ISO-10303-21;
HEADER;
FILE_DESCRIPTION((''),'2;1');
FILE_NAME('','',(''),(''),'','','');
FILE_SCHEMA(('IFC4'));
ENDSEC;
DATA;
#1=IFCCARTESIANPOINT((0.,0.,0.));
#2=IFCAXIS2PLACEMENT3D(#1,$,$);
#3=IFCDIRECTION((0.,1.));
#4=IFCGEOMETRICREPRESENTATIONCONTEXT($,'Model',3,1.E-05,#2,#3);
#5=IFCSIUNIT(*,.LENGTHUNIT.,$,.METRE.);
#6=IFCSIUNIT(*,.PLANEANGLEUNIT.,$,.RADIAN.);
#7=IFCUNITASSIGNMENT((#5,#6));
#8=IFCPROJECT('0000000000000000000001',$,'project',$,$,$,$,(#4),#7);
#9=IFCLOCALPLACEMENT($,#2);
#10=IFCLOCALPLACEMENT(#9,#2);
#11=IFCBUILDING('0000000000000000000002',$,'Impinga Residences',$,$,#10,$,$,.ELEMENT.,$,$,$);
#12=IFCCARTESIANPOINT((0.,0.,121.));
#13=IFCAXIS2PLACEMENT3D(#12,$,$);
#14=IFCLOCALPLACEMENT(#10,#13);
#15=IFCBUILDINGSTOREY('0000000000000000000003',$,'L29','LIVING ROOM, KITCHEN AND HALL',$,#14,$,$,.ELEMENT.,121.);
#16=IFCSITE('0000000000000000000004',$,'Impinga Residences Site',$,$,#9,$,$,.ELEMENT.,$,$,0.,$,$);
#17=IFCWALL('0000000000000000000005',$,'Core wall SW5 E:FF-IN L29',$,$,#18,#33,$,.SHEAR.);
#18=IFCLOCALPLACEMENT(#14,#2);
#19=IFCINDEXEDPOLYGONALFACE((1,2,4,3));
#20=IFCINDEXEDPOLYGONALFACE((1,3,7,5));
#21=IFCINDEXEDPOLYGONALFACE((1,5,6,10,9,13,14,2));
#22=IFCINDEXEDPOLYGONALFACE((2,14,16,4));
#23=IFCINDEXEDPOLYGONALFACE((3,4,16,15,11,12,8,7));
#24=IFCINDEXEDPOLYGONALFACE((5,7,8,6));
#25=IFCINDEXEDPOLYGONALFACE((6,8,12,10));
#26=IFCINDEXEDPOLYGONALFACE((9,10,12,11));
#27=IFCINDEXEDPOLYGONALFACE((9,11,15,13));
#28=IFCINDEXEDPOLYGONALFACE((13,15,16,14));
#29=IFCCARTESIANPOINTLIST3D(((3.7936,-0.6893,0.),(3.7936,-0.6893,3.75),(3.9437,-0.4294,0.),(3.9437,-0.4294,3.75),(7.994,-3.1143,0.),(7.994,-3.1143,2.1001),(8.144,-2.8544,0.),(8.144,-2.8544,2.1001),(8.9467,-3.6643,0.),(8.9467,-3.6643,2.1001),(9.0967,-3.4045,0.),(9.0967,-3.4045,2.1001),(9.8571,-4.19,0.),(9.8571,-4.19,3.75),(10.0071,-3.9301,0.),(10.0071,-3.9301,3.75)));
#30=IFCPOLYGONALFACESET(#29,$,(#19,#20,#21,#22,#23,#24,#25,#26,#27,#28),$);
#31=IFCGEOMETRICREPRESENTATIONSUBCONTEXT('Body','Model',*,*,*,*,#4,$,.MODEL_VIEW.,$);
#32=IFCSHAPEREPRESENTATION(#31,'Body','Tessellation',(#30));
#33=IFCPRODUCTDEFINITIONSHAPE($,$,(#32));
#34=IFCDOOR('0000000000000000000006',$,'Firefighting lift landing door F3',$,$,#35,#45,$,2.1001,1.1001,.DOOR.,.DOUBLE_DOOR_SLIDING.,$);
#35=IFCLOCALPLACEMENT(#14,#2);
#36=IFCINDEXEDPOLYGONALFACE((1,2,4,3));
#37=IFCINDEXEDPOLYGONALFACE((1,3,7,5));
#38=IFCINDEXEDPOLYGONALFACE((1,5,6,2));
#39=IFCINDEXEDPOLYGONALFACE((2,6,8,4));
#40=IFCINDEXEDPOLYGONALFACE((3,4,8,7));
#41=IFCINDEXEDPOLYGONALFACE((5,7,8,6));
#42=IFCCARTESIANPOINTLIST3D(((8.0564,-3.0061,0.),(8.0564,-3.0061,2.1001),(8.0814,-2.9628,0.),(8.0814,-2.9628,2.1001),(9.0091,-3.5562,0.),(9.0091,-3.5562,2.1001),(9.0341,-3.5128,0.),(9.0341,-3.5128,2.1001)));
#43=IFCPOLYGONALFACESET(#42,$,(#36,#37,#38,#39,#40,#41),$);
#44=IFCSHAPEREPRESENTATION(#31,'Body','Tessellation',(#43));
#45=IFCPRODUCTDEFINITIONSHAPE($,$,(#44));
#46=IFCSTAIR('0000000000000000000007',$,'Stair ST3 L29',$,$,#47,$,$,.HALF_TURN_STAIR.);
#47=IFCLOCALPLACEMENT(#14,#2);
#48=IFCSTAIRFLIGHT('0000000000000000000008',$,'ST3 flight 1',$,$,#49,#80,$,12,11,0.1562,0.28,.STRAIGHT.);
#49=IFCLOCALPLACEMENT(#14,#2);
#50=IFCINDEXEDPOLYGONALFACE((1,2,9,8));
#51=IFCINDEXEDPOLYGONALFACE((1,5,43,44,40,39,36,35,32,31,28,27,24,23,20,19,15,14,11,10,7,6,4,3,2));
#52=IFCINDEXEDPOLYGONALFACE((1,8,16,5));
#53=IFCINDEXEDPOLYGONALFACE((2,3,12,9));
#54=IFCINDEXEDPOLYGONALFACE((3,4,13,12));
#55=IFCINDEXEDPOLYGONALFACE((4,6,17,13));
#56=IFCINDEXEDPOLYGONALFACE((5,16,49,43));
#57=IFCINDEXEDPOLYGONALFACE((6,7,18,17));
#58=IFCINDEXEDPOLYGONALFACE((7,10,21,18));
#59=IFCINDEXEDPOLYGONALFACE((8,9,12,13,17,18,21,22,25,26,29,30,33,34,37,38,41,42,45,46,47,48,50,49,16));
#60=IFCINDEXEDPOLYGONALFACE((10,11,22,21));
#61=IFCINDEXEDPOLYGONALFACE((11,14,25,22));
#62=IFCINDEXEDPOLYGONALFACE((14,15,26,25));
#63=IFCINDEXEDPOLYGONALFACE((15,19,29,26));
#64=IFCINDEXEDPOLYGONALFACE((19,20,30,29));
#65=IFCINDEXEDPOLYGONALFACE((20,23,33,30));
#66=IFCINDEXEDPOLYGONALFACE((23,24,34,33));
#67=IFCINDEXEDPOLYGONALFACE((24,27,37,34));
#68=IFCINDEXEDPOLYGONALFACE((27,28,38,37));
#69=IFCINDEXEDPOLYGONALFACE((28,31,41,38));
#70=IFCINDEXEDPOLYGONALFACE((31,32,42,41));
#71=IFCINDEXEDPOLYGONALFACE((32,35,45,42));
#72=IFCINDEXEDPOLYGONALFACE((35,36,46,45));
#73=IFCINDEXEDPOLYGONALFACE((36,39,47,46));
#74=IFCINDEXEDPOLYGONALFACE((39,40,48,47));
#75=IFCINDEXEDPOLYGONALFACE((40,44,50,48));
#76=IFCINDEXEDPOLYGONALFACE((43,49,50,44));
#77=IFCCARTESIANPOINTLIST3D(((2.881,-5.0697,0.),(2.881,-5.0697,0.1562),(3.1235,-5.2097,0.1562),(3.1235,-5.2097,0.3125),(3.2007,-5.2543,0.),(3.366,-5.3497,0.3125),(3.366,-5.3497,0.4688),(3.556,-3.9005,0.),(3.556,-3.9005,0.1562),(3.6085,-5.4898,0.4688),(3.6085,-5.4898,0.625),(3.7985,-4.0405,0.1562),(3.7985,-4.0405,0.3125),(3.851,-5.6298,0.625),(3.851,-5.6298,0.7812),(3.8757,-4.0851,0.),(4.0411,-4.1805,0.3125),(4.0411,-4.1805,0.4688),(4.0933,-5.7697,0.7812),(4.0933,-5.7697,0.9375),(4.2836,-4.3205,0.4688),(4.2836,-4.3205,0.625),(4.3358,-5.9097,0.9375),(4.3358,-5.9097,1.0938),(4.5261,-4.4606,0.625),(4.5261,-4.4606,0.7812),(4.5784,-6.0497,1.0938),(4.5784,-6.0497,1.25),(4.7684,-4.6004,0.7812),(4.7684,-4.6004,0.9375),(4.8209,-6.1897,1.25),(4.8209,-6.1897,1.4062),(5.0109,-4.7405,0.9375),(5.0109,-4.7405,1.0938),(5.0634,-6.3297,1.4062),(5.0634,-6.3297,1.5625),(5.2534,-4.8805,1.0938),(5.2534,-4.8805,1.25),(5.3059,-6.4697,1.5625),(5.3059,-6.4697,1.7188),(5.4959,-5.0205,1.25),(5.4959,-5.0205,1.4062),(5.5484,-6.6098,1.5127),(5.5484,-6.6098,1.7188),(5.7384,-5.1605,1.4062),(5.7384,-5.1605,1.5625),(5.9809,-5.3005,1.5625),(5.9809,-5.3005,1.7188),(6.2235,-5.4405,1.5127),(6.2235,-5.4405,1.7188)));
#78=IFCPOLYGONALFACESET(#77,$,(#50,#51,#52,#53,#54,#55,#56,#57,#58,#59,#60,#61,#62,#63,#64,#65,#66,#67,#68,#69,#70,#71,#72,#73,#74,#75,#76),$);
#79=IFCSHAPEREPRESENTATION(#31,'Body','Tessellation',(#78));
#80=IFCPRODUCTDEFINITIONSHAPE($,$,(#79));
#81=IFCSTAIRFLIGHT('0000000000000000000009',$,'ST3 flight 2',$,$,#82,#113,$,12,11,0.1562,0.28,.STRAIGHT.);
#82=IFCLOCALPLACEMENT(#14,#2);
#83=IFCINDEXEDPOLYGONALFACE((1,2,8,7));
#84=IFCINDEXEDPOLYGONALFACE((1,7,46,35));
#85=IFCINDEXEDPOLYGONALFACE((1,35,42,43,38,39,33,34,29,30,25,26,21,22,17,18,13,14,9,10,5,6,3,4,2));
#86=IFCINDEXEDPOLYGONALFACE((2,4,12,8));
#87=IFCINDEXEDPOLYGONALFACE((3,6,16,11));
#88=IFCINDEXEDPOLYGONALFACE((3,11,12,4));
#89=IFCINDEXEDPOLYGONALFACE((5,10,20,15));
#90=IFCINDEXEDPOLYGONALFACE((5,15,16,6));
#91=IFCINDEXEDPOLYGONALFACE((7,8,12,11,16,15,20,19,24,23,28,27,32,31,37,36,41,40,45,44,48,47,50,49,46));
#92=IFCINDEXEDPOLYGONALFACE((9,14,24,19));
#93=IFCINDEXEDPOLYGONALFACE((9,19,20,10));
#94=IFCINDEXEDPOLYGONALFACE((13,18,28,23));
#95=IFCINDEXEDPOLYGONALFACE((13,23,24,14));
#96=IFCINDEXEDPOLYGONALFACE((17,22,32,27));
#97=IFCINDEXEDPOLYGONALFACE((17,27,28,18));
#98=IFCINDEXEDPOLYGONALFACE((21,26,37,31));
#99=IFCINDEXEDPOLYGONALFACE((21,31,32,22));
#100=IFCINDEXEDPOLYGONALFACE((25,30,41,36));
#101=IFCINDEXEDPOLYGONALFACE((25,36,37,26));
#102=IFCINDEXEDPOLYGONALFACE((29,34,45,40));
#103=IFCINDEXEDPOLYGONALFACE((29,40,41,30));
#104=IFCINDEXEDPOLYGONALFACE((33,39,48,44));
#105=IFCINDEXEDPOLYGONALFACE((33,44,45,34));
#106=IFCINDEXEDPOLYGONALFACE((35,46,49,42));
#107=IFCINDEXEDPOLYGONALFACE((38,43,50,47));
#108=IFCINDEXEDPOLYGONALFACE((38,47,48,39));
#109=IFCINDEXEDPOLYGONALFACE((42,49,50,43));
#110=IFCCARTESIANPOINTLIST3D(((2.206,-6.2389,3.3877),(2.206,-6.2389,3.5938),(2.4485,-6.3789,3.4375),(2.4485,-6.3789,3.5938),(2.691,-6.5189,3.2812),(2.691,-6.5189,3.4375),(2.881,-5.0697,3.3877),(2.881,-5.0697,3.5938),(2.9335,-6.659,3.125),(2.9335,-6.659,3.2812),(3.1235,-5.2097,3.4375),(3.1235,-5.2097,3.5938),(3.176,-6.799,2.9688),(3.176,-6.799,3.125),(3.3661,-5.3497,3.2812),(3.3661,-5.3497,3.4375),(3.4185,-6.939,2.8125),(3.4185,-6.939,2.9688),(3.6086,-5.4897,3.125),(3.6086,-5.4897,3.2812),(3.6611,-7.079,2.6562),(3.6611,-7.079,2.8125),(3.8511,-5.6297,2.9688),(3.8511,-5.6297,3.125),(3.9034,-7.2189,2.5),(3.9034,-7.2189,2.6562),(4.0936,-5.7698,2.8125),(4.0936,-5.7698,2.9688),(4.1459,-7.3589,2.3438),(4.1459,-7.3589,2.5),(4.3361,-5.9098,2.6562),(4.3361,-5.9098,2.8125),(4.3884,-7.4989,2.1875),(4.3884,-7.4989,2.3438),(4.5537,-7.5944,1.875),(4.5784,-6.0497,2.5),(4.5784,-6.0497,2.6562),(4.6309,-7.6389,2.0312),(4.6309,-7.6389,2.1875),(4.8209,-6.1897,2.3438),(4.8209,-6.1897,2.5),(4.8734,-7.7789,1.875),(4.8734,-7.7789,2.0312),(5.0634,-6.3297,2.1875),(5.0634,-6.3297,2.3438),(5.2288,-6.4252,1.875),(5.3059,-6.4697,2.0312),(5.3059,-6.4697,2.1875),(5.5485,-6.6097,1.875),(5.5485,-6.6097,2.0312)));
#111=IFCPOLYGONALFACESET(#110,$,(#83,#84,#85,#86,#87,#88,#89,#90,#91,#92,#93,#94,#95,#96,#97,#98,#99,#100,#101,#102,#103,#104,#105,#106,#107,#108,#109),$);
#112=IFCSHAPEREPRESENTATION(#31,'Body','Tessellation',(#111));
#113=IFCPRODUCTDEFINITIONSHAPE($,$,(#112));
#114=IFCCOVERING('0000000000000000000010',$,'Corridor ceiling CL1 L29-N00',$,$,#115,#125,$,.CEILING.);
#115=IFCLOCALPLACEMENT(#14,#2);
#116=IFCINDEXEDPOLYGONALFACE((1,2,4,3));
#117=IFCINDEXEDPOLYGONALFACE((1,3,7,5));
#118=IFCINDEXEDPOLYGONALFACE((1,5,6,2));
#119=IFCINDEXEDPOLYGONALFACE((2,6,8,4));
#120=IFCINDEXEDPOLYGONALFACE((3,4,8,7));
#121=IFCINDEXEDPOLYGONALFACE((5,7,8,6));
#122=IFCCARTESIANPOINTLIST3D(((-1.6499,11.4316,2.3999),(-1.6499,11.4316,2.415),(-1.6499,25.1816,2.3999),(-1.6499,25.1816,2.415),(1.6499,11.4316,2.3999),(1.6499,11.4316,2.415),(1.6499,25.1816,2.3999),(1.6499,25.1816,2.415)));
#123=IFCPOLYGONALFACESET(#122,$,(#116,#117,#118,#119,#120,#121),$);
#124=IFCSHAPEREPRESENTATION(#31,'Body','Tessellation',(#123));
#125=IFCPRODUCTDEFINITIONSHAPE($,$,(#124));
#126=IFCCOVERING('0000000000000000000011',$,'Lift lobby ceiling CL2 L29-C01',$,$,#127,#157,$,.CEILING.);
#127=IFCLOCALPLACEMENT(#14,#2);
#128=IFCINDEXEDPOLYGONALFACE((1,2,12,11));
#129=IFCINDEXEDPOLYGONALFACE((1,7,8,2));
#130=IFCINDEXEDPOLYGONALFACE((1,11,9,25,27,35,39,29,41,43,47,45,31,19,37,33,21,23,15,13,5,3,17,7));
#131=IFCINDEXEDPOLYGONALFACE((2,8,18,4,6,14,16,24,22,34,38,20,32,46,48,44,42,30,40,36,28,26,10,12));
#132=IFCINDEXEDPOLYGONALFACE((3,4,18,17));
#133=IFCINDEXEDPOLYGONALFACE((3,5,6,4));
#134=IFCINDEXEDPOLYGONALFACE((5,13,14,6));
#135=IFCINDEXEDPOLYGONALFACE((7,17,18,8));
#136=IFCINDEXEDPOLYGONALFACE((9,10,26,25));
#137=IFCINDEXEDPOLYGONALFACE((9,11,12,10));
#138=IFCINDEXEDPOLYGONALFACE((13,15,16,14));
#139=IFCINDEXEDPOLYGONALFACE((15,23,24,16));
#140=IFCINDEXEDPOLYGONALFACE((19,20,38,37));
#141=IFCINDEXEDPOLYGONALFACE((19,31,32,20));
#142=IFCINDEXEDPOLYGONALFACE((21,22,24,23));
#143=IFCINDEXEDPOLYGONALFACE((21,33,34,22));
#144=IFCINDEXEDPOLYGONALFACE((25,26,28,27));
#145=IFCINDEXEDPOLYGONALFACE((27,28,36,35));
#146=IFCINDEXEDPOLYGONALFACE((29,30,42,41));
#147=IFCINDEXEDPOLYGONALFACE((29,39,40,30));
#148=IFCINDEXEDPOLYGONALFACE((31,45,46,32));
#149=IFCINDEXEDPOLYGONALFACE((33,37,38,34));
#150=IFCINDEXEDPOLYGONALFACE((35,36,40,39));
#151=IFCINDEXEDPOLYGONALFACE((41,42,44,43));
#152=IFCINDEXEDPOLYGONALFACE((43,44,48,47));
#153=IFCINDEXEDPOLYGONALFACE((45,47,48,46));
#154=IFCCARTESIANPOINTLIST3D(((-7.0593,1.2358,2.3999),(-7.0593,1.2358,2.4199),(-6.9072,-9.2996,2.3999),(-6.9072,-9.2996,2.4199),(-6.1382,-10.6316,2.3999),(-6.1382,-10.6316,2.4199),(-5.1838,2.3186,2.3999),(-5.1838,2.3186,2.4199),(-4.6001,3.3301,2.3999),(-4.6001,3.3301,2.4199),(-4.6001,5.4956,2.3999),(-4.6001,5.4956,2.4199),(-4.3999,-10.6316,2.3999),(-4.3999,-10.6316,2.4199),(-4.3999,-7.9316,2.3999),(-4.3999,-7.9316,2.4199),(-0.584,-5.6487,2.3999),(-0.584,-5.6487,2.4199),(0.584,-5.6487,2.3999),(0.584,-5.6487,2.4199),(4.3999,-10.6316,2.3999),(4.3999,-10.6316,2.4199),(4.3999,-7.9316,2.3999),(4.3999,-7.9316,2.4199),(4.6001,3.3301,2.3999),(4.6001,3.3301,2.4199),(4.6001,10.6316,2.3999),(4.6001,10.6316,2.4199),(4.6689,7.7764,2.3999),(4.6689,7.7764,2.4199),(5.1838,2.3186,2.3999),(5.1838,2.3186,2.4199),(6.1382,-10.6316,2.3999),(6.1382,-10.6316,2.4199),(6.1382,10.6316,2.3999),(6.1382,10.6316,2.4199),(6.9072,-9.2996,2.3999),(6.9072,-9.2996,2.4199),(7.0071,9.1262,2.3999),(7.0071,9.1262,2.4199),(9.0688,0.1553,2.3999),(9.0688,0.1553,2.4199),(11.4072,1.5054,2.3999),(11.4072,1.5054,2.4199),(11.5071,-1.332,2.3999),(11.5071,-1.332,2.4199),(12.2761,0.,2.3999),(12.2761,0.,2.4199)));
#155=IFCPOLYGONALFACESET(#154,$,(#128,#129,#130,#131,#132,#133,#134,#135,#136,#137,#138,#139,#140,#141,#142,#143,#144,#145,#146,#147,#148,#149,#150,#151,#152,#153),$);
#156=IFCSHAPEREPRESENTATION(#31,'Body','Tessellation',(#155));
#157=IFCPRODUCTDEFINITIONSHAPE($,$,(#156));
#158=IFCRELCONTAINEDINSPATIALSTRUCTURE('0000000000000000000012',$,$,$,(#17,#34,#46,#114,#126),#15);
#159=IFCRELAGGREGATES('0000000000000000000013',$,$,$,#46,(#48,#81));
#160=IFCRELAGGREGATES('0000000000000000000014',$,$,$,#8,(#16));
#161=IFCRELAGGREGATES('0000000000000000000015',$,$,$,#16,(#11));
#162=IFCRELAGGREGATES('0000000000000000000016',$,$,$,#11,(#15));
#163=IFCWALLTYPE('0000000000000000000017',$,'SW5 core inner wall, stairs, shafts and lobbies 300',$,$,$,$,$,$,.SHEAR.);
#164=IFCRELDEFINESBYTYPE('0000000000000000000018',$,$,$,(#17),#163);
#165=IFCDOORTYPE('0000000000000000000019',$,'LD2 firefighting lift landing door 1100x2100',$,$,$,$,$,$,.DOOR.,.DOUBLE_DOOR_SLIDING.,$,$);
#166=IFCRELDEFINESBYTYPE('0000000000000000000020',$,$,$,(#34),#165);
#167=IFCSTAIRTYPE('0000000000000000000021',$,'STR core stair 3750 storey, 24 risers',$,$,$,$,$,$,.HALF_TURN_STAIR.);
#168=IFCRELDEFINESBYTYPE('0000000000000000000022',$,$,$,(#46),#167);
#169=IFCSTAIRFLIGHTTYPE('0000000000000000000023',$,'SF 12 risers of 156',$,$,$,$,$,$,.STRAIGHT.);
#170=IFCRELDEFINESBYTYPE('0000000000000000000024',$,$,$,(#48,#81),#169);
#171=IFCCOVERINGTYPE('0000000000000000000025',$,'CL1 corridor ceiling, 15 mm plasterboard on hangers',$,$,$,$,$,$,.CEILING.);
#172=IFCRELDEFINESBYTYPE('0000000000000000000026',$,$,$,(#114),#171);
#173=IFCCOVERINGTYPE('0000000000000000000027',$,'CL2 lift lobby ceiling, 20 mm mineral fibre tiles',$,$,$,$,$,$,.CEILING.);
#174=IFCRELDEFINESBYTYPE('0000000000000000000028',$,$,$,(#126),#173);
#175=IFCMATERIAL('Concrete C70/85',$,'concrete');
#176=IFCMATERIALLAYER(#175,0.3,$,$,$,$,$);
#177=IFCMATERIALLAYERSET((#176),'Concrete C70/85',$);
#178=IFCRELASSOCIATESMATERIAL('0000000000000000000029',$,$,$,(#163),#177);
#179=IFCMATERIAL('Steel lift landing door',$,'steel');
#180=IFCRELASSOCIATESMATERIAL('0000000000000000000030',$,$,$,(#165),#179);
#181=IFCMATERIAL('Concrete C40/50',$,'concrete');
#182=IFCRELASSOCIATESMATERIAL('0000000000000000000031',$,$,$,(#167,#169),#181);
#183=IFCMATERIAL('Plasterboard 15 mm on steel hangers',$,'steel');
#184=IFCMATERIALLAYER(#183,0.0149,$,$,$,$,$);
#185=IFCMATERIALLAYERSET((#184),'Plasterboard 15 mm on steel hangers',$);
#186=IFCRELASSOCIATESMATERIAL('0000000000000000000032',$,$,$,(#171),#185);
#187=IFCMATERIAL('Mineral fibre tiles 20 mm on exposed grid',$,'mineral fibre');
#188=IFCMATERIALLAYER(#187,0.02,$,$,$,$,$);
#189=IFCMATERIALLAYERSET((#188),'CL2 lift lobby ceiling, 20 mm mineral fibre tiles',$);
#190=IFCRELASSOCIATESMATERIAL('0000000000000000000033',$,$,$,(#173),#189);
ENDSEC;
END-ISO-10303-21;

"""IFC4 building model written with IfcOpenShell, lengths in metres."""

from ifc_helpers import new_model, si_unit, direction, frame, frame_2d, origin, place, context, subcontext, project, spatial, polyline, rectangle, outline, extrude, material, layer, layer_set, type_object, element, fill, aggregate, save


model = new_model("IFC4")

# Units and contexts
model_context = context("Model", 3, precision=1e-05, world=origin(), true_north=direction((0.0, 1.0)))
body_context = subcontext(model_context, "Body", "Model", "MODEL_VIEW")
ifc_project = project(units=[si_unit("LENGTHUNIT", "METRE"), si_unit("PLANEANGLEUNIT", "RADIAN")], contexts=[model_context])

# Site, building, storey
site_placement = place(None, origin())
site = spatial("IfcSite", under=ifc_project, at=site_placement, Name="Impinga Residences Site", CompositionType="ELEMENT", RefElevation=0.0)
building_placement = place(site_placement, origin())
building = spatial("IfcBuilding", under=site, at=building_placement, Name="Impinga Residences", CompositionType="ELEMENT")
storey_placement = place(building_placement, frame((0.0, 0.0, 121.0)))
storey = spatial("IfcBuildingStorey", under=building, at=storey_placement, Name="L29", Description="LIVING ROOM, KITCHEN AND HALL", CompositionType="ELEMENT", Elevation=121.0)

# Shared definitions
ifc_material_1 = material(Name="Concrete C40/50", Category="concrete")

# Shared definitions
ifc_material_2 = material(Name="Concrete C70/85", Category="concrete")
ifc_layer_1 = layer(ifc_material_2, 0.3)
ifc_layer_set_1 = layer_set([ifc_layer_1], Name="Concrete C70/85")
wall_type_1 = type_object("IfcWallType", Name="SW5 core inner wall, stairs, shafts and lobbies 300", PredefinedType="SHEAR", material=ifc_layer_set_1)

# Wall, opening, door
wall_1_placement = place(storey_placement, frame((3.8687, -0.5593, 0.0), z_axis=(0.0, 0.0, 1.0), x_axis=(0.866026, -0.499998, 0.0)))
wall_1 = element("IfcWall", 1, at=wall_1_placement, inside=storey, type_object=wall_type_1, Name="Core wall SW5 E:FF-IN L29", PredefinedType="SHEAR", context=body_context, shape_type="SweptSolid", body=[
    extrude(rectangle(XDim=7.0015, YDim=0.3, at=frame_2d((3.5007, 0.0))), origin(), (0.0, 0.0, 1.0), 3.75),
])
opening_1_placement = place(wall_1_placement, frame((4.8501, 0.0, 0.0)))
opening_1 = element("IfcOpeningElement", 2, at=opening_1_placement, cuts=wall_1, PredefinedType="OPENING", context=body_context, shape_type="SweptSolid", body=[
    extrude(rectangle(XDim=1.1001, YDim=2.1001, at=frame_2d((0.55, 1.05))), frame((0.0, 0.1599, 0.0), z_axis=(0.0, -1.0, 0.0), x_axis=(1.0, 0.0, 0.0)), (0.0, 0.0, 1.0), 0.3201),
])
ifc_material_3 = material(Name="Steel lift landing door", Category="steel")
door_type_1 = type_object("IfcDoorType", Name="LD2 firefighting lift landing door 1100x2100", OperationType="DOUBLE_DOOR_SLIDING", PredefinedType="DOOR", material=ifc_material_3)
door_1_placement = place(opening_1_placement, origin())
door_1 = element("IfcDoor", 3, at=door_1_placement, inside=storey, type_object=door_type_1, Name="Firefighting lift landing door F3", OperationType="DOUBLE_DOOR_SLIDING", OverallHeight=2.1001, OverallWidth=1.1001, PredefinedType="DOOR", context=body_context, shape_type="SweptSolid", body=[
    extrude(rectangle(XDim=1.1001, YDim=2.1001, at=frame_2d((0.55, 1.05))), frame((0.0, 0.0249, 0.0), z_axis=(0.0, -1.0, 0.0), x_axis=(1.0, 0.0, 0.0)), (0.0, 0.0, 1.0), 0.05),
])
fill(opening_1, door_1)

# Stair, stair flights
stair_type_1 = type_object("IfcStairType", Name="STR core stair 3750 storey, 24 risers", PredefinedType="HALF_TURN_STAIR", material=ifc_material_1)
stair_1_placement = place(storey_placement, origin())
stair_1 = element("IfcStair", 4, at=stair_1_placement, inside=storey, type_object=stair_type_1, Name="Stair ST3 L29", PredefinedType="HALF_TURN_STAIR")
stair_flight_type = type_object("IfcStairFlightType", Name="SF 12 risers of 156", PredefinedType="STRAIGHT", material=ifc_material_1)
stair_flight_1_placement = place(storey_placement, frame((3.2185, -4.4851, 0.0), z_axis=(0.0, 0.0, 1.0), x_axis=(0.866025, -0.5, 0.0)))
stair_flight_1 = element("IfcStairFlight", 5, at=stair_flight_1_placement, type_object=stair_flight_type, Name="ST3 flight 1", NumberOfRisers=12, NumberOfTreads=11, PredefinedType="STRAIGHT", RiserHeight=0.1562, TreadLength=0.28, context=body_context, shape_type="SweptSolid", body=[
    extrude(outline(polyline([(0.0, 0.0), (0.0, 0.1562), (0.28, 0.1562), (0.28, 0.3125), (0.5601, 0.3125), (0.5601, 0.4688), (0.8401, 0.4688), (0.8401, 0.625), (1.1201, 0.625), (1.1201, 0.7812), (1.3999, 0.7812), (1.3999, 0.9375), (1.6799, 0.9375), (1.6799, 1.0938), (1.96, 1.0938), (1.96, 1.25), (2.24, 1.25), (2.24, 1.4062), (2.52, 1.4062), (2.52, 1.5625), (2.8, 1.5625), (2.8, 1.7188), (3.0801, 1.7188), (3.0801, 1.875), (3.0801, 1.5127), (0.3691, 0.0), (0.0, 0.0)])), frame((0.0, 0.675, 0.0), z_axis=(0.0, -1.0, 0.0), x_axis=(1.0, 0.0, 0.0)), (0.0, 0.0, 1.0), 1.3501),
])
stair_flight_2_placement = place(storey_placement, frame((5.2109, -7.1943, 1.875), z_axis=(0.0, 0.0, 1.0), x_axis=(-0.866025, 0.5, 0.0)))
stair_flight_2 = element("IfcStairFlight", 6, at=stair_flight_2_placement, type_object=stair_flight_type, Name="ST3 flight 2", NumberOfRisers=12, NumberOfTreads=11, PredefinedType="STRAIGHT", RiserHeight=0.1562, TreadLength=0.28, context=body_context, shape_type="SweptSolid", body=[
    extrude(outline(polyline([(0.0, 0.0), (0.0, 0.1562), (0.28, 0.1562), (0.28, 0.3125), (0.5601, 0.3125), (0.5601, 0.4688), (0.8401, 0.4688), (0.8401, 0.625), (1.1201, 0.625), (1.1201, 0.7812), (1.3999, 0.7812), (1.3999, 0.9375), (1.6799, 0.9375), (1.6799, 1.0938), (1.96, 1.0938), (1.96, 1.25), (2.24, 1.25), (2.24, 1.4062), (2.52, 1.4062), (2.52, 1.5625), (2.8, 1.5625), (2.8, 1.7188), (3.0801, 1.7188), (3.0801, 1.875), (3.0801, 1.5127), (0.3691, 0.0), (0.0, 0.0)])), frame((0.0, 0.675, 0.0), z_axis=(0.0, -1.0, 0.0), x_axis=(1.0, 0.0, 0.0)), (0.0, 0.0, 1.0), 1.3501),
])
aggregate(stair_1, [stair_flight_1, stair_flight_2])

# Coverings
ifc_material_4 = material(Name="Plasterboard 15 mm on steel hangers", Category="steel")
ifc_layer_2 = layer(ifc_material_4, 0.0149)
ifc_layer_set_2 = layer_set([ifc_layer_2], Name="Plasterboard 15 mm on steel hangers")
covering_type_1 = type_object("IfcCoveringType", Name="CL1 corridor ceiling, 15 mm plasterboard on hangers", PredefinedType="CEILING", material=ifc_layer_set_2)
covering_1_placement = place(storey_placement, frame((0.0, 0.0, 2.3999)))
element("IfcCovering", 7, at=covering_1_placement, inside=storey, type_object=covering_type_1, Name="Corridor ceiling CL1 L29-N00", PredefinedType="CEILING", context=body_context, shape_type="SweptSolid", body=[
    extrude(outline(polyline([(-1.6499, 11.4316), (1.6499, 11.4316), (1.6499, 25.1816), (-1.6499, 25.1816), (-1.6499, 11.4316)])), origin(), (0.0, 0.0, 1.0), 0.0151),
])
ifc_material_5 = material(Name="Mineral fibre tiles 20 mm on exposed grid", Category="mineral fibre")
ifc_layer_3 = layer(ifc_material_5, 0.02)
ifc_layer_set_3 = layer_set([ifc_layer_3], Name="CL2 lift lobby ceiling, 20 mm mineral fibre tiles")
covering_type_2 = type_object("IfcCoveringType", Name="CL2 lift lobby ceiling, 20 mm mineral fibre tiles", PredefinedType="CEILING", material=ifc_layer_set_3)
covering_2_placement = place(storey_placement, frame((0.0, 0.0, 2.3999)))
element("IfcCovering", 8, at=covering_2_placement, inside=storey, type_object=covering_type_2, Name="Lift lobby ceiling CL2 L29-C01", PredefinedType="CEILING", context=body_context, shape_type="SweptSolid", body=[
    extrude(outline(polyline([(5.1838, 2.3186), (0.584, -5.6487), (6.9072, -9.2996), (6.1382, -10.6316), (4.3999, -10.6316), (4.3999, -7.9316), (-4.3999, -7.9316), (-4.3999, -10.6316), (-6.1382, -10.6316), (-6.9072, -9.2996), (-0.584, -5.6487), (-5.1838, 2.3186), (-7.0593, 1.2358), (-4.6001, 5.4956), (-4.6001, 3.3301), (4.6001, 3.3301), (4.6001, 10.6316), (6.1382, 10.6316), (7.0071, 9.1262), (4.6689, 7.7764), (9.0688, 0.1553), (11.4072, 1.5054), (12.2761, 0.0), (11.5071, -1.332), (5.1838, 2.3186)])), origin(), (0.0, 0.0, 1.0), 0.02),
])

save(model, "model.ifc")
